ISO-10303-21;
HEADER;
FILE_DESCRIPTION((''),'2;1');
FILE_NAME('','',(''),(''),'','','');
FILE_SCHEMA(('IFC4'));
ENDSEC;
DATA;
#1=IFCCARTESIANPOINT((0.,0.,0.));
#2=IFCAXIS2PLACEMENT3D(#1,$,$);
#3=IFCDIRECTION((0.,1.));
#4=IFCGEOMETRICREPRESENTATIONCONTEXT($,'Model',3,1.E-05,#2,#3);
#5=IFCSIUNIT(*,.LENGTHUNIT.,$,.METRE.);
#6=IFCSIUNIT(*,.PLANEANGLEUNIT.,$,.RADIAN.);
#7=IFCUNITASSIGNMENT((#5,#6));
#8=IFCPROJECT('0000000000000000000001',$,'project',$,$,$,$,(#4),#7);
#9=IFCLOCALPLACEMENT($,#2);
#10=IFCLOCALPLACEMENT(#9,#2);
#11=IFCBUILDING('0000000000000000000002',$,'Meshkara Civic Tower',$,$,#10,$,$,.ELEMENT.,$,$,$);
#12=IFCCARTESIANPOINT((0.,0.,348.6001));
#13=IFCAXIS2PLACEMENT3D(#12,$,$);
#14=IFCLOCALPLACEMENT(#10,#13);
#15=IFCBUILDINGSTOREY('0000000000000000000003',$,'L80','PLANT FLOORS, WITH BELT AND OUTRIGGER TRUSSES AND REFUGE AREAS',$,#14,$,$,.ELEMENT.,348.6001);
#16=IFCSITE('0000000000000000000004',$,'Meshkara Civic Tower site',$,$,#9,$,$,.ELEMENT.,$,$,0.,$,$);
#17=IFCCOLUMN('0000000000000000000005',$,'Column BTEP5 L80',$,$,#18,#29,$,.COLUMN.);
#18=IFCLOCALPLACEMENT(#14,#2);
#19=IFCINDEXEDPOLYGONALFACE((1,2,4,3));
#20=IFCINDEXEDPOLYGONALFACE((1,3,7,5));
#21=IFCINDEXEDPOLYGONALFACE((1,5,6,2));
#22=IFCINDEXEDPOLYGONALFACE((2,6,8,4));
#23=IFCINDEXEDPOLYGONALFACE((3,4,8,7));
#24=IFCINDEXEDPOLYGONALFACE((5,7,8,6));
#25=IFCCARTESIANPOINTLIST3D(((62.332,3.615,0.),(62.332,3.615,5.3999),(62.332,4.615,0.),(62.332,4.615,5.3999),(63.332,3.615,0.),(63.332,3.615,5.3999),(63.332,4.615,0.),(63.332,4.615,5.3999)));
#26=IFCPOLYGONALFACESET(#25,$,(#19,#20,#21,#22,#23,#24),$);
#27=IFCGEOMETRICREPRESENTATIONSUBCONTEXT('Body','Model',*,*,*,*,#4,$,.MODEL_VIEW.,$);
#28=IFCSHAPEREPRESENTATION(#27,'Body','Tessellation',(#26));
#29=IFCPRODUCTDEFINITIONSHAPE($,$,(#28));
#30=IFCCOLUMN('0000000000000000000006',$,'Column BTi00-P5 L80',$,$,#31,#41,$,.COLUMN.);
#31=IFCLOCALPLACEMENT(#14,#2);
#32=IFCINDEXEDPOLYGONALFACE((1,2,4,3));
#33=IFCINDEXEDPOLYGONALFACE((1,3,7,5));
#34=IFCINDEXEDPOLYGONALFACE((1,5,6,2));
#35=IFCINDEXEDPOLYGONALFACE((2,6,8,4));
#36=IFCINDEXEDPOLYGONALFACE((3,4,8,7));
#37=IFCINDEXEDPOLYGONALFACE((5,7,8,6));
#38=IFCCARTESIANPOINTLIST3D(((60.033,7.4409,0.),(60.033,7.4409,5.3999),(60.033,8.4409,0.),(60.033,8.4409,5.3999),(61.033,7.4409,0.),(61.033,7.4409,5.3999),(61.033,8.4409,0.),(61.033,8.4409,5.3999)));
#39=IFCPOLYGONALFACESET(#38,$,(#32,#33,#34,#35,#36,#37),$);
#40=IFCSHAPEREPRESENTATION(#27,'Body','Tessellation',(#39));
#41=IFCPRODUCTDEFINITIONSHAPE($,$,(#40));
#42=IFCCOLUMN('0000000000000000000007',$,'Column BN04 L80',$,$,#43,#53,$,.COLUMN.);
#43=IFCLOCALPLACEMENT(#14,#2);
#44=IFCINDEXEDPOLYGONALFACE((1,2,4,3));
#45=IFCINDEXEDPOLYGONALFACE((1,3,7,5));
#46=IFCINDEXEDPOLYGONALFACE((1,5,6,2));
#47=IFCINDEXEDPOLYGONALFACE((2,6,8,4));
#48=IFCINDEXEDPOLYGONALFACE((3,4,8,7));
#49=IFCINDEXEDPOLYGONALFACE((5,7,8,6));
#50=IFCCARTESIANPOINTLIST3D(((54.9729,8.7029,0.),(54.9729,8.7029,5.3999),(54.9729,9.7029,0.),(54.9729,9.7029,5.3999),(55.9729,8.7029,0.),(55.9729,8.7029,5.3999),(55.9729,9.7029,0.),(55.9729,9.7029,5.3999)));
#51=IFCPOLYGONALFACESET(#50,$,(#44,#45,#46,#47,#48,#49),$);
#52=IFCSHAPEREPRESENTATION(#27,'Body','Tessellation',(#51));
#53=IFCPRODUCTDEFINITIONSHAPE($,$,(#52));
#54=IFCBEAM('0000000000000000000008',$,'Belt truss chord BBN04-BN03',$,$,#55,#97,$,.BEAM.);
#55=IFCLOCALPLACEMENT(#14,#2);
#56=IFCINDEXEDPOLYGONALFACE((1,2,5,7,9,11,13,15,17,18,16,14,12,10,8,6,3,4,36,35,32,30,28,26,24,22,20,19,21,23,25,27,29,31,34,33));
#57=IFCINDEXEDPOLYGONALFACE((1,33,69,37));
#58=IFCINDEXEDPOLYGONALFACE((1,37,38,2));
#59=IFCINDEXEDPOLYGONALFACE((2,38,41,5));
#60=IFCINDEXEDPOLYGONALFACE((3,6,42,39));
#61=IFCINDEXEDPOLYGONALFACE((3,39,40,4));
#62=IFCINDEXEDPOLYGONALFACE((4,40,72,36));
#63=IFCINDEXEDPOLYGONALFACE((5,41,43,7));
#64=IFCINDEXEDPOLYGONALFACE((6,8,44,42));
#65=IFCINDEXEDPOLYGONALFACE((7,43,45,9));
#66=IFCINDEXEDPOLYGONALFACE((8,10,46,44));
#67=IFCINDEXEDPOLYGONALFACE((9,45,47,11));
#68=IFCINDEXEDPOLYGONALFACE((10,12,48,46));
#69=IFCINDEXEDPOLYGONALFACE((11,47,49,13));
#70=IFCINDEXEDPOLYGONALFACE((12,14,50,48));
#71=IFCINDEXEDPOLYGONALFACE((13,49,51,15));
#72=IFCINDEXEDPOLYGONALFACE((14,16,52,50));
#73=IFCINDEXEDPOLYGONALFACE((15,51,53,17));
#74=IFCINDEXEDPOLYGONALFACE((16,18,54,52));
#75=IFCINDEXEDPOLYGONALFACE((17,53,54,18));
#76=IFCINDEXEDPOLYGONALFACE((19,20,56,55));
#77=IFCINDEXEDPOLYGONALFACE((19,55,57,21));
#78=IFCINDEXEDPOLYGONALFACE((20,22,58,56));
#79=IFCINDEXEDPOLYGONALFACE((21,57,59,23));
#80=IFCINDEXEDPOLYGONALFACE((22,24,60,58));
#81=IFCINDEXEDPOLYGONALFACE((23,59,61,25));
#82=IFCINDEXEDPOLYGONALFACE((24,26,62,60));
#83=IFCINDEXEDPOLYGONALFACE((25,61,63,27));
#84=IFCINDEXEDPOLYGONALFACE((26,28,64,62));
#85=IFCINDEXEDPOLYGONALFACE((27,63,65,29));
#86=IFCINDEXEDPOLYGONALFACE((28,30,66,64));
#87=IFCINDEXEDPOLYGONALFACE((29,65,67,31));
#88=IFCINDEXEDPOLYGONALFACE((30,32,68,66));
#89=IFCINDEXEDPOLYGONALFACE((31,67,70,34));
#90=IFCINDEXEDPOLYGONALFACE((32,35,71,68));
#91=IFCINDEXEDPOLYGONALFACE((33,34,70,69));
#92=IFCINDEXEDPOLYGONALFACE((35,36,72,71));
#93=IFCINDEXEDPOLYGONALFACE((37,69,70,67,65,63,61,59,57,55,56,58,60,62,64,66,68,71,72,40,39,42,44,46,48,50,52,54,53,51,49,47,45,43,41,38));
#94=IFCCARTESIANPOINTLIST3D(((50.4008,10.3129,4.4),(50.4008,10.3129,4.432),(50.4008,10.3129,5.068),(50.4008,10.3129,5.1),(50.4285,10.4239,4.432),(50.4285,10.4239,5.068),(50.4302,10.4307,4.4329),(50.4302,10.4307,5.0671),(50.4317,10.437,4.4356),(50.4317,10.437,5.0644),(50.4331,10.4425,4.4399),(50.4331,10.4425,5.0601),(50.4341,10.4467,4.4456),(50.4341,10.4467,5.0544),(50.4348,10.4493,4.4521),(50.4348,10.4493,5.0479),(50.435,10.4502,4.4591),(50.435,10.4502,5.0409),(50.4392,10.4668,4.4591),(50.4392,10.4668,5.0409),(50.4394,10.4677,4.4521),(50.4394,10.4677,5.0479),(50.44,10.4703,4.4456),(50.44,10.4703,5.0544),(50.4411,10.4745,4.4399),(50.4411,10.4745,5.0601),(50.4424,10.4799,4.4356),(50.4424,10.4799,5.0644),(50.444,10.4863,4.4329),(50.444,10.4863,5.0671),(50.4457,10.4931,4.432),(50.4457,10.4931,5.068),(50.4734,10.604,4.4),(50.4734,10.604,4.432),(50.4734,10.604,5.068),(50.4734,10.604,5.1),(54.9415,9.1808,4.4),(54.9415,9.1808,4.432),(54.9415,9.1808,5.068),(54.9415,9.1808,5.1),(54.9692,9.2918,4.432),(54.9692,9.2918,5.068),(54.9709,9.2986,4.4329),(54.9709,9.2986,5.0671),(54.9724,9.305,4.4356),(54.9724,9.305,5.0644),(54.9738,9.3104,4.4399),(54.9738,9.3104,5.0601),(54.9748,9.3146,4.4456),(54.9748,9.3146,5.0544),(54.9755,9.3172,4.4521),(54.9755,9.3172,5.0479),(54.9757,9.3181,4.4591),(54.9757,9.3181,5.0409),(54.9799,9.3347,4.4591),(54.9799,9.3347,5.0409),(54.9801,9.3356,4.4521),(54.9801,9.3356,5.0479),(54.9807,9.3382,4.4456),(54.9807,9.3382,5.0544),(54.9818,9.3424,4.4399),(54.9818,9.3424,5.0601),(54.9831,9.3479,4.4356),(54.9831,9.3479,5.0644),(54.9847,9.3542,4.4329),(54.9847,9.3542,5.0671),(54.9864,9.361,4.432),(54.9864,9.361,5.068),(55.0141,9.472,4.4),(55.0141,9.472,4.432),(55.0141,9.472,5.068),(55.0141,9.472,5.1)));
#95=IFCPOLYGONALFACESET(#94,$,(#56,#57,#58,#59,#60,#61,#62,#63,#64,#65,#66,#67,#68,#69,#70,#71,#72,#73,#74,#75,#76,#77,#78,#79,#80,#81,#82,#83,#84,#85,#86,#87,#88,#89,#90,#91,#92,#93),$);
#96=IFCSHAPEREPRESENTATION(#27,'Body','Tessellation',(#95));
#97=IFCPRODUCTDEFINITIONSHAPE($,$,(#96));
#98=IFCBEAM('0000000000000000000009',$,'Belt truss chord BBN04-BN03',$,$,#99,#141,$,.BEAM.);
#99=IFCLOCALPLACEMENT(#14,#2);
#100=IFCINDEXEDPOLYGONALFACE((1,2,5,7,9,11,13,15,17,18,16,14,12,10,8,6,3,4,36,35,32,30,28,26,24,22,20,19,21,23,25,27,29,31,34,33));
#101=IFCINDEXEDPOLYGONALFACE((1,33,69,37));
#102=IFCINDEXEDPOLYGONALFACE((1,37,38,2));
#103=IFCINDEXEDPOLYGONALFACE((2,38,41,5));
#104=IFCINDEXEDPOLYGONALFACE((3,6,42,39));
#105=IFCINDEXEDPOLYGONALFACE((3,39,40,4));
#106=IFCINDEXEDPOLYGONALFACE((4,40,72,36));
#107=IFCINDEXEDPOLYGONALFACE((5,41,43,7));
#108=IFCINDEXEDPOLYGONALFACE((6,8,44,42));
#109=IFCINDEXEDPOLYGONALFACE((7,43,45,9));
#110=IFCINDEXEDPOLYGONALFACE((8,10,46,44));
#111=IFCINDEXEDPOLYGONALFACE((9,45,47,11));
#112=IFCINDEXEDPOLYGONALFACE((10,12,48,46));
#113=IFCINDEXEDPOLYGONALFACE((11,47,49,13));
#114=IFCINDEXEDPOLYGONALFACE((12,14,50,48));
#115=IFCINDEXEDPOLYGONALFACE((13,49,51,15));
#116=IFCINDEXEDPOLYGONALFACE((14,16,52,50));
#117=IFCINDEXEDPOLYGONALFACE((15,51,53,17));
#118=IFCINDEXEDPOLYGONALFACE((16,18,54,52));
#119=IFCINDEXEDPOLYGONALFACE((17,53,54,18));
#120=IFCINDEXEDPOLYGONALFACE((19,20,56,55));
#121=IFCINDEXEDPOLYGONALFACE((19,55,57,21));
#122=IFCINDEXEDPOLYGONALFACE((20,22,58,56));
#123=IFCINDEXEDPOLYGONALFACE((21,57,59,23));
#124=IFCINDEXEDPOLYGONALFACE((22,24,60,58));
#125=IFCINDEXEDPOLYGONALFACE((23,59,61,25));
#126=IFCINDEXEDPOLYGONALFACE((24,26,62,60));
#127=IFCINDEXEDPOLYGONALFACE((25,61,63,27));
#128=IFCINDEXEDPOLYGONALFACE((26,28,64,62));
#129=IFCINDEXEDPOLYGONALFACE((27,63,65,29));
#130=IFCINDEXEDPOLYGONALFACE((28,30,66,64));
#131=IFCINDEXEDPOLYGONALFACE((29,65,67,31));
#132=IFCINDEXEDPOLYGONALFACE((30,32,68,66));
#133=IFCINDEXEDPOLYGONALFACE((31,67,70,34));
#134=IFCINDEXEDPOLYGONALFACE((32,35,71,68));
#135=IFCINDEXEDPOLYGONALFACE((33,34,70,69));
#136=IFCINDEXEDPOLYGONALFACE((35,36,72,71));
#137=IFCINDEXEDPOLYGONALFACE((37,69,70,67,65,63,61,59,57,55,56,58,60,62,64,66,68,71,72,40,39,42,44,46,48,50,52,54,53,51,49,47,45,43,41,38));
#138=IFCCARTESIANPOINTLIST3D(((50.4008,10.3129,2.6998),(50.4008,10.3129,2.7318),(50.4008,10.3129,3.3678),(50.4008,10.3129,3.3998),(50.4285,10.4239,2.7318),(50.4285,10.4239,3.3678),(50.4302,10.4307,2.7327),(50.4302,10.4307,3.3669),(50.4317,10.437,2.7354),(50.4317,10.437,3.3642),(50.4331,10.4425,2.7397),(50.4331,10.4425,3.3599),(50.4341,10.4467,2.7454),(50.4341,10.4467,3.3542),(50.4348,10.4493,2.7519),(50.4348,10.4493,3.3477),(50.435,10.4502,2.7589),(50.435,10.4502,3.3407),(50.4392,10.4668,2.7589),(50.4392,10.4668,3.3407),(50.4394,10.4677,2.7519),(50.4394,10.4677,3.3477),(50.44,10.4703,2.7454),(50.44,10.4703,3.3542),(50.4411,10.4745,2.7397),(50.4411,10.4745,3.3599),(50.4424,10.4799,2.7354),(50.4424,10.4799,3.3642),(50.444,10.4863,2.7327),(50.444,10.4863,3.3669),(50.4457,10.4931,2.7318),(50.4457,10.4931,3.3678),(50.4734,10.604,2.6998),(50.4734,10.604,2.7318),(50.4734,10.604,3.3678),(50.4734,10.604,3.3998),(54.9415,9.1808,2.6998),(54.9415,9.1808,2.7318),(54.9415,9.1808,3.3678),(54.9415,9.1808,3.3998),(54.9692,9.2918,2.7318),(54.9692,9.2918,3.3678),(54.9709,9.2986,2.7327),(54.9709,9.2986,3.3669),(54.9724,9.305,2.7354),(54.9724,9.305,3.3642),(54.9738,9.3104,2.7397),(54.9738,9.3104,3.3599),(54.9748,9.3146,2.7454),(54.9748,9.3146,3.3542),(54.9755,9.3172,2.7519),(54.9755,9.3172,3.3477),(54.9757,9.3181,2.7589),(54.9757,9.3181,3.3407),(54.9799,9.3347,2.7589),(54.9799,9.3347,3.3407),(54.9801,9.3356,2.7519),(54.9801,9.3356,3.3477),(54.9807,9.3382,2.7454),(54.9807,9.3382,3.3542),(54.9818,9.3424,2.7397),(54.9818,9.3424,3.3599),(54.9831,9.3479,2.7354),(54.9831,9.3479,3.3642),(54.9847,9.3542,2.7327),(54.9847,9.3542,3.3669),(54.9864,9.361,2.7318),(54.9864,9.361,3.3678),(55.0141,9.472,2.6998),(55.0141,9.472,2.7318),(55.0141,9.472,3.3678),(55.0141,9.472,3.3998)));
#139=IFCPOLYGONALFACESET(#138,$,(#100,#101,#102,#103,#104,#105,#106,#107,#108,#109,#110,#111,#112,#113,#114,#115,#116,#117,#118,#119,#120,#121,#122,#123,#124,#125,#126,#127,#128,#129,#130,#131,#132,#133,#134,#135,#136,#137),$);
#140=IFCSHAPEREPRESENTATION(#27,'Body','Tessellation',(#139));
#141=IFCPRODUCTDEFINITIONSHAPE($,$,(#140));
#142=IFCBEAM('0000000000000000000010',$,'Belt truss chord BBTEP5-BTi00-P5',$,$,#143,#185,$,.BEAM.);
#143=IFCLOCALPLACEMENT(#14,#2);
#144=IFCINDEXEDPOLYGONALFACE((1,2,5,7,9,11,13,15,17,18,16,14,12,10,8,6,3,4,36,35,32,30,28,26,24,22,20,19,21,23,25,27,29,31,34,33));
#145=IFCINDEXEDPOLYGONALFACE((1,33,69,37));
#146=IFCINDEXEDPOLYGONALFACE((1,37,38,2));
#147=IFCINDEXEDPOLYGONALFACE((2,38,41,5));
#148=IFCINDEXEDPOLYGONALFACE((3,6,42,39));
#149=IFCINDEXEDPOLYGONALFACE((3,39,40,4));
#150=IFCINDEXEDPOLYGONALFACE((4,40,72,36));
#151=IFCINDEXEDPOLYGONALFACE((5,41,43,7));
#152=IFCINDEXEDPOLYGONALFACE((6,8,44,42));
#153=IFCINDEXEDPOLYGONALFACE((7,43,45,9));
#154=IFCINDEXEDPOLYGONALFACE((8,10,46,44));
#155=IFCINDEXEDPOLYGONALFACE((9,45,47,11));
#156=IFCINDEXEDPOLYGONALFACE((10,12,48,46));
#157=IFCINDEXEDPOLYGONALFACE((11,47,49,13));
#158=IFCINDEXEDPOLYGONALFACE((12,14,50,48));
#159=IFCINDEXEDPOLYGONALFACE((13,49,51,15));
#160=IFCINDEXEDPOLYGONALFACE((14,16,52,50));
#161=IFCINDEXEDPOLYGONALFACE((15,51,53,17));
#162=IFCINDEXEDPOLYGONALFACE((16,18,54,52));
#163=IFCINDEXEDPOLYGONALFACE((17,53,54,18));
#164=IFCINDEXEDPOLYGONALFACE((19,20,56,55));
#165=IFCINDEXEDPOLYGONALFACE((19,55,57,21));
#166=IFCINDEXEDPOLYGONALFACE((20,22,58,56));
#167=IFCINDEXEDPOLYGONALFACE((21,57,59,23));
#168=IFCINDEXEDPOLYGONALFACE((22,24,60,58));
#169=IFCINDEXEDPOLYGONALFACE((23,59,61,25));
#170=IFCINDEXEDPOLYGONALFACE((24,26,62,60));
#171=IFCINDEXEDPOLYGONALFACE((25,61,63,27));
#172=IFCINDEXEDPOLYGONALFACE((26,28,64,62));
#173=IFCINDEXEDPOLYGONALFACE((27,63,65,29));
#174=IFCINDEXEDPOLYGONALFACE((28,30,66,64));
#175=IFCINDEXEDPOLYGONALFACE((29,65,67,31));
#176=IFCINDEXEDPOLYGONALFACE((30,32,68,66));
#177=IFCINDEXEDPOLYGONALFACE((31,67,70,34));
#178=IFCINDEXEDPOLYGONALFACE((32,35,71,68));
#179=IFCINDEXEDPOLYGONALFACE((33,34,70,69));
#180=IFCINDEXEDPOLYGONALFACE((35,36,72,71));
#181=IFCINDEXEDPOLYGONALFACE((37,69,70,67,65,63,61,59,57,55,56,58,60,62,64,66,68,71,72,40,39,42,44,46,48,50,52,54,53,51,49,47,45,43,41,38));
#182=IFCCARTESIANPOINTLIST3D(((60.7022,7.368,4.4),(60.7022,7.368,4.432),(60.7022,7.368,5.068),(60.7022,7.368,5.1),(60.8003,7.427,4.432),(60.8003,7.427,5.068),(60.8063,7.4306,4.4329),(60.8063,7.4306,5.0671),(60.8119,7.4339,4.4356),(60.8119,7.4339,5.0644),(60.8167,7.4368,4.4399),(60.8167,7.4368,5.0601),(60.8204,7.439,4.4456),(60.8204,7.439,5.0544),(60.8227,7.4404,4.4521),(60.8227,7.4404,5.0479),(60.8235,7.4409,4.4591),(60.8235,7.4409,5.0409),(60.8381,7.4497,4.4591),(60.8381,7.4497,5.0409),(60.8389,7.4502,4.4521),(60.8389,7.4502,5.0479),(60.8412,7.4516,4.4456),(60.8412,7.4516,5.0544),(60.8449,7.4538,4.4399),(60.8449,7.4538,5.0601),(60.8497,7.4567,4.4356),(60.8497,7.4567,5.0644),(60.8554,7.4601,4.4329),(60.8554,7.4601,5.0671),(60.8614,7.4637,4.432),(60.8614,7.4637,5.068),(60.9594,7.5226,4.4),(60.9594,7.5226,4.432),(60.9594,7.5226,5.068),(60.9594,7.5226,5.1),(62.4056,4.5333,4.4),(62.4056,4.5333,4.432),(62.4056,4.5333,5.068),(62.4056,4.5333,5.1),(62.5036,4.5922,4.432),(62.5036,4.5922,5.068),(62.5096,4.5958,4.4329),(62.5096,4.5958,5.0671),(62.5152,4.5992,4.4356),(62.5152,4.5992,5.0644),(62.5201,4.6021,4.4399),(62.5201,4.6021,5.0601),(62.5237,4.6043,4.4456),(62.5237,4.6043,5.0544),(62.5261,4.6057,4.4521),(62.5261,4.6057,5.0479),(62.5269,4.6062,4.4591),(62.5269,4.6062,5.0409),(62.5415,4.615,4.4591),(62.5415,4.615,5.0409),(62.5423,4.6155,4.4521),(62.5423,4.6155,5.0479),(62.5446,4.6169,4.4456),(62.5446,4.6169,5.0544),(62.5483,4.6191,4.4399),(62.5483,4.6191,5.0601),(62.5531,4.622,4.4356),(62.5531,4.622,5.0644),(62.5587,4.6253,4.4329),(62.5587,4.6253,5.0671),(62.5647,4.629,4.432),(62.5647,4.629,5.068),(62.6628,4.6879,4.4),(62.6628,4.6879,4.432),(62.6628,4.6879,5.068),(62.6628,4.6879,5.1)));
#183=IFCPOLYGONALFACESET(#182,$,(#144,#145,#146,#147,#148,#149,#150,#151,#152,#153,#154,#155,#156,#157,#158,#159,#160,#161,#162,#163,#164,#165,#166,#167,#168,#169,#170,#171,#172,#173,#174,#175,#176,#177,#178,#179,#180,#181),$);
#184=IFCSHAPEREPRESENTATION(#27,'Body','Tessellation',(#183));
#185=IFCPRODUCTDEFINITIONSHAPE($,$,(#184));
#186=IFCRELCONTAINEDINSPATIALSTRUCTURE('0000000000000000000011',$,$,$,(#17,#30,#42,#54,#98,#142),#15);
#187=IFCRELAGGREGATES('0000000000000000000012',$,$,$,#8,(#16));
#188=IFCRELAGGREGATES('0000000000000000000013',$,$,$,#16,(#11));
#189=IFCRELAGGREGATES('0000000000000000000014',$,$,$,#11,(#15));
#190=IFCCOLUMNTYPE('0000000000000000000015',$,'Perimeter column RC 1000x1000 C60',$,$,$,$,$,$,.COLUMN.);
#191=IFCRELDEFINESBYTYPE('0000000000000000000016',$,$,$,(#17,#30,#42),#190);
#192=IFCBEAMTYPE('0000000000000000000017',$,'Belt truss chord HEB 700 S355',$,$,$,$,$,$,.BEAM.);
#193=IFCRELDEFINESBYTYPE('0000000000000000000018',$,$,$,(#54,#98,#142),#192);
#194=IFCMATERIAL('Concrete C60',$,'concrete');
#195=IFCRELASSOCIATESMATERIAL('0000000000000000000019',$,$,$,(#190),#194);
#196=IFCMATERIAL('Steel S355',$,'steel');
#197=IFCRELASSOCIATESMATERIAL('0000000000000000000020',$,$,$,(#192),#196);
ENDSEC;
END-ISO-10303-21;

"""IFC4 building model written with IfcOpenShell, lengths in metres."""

from ifc_helpers import new_model, si_unit, direction, frame, origin, origin_2d, place, context, subcontext, project, spatial, rectangle, i_section, extrude, material, material_profile, profile_set, type_object, element, save


model = new_model("IFC4")

# Units and contexts
model_context = context("Model", 3, precision=1e-05, world=origin(), true_north=direction((0.0, 1.0)))
body_context = subcontext(model_context, "Body", "Model", "MODEL_VIEW")
ifc_project = project(units=[si_unit("LENGTHUNIT", "METRE"), si_unit("PLANEANGLEUNIT", "RADIAN")], contexts=[model_context])

# Site, building, storey
site_placement = place(None, origin())
site = spatial("IfcSite", under=ifc_project, at=site_placement, Name="Meshkara Civic Tower site", CompositionType="ELEMENT", RefElevation=0.0)
building_placement = place(site_placement, origin())
building = spatial("IfcBuilding", under=site, at=building_placement, Name="Meshkara Civic Tower", CompositionType="ELEMENT")
storey_placement = place(building_placement, frame((0.0, 0.0, 348.6001)))
storey = spatial("IfcBuildingStorey", under=building, at=storey_placement, Name="L80", Description="PLANT FLOORS, WITH BELT AND OUTRIGGER TRUSSES AND REFUGE AREAS", CompositionType="ELEMENT", Elevation=348.6001)

# Columns
ifc_material_1 = material(Name="Concrete C60", Category="concrete")
ifc_material_profile_1 = material_profile(ifc_material_1, rectangle(XDim=1.0, YDim=1.0, at=origin_2d()))
ifc_profile_set_1 = profile_set([ifc_material_profile_1], Name="Concrete C60")
column_type = type_object("IfcColumnType", Name="Perimeter column RC 1000x1000 C60", PredefinedType="COLUMN", material=ifc_profile_set_1)
for number, where, z_axis, x_axis, name in (
    (1, (62.832, 4.115, 0.0), (0.0, 0.0, 1.0), (1.0, 0.0, 0.0), "Column BTEP5 L80"),
    (2, (60.533, 7.9409, 0.0), (0.0, 0.0, 1.0), (1.0, 0.0, 0.0), "Column BTi00-P5 L80"),
    (3, (55.4729, 9.2029, 0.0), (0.0, 0.0, 1.0), (1.0, 0.0, 0.0), "Column BN04 L80"),
):
    element("IfcColumn", number, at=place(storey_placement, frame(where, z_axis=z_axis, x_axis=x_axis)), inside=storey, type_object=column_type, Name=name, PredefinedType="COLUMN", context=body_context, shape_type="SweptSolid", body=[
        extrude(rectangle(XDim=1.0, YDim=1.0, at=origin_2d()), origin(), (0.0, 0.0, 1.0), 5.3999),
    ])

# Beams
ifc_material_2 = material(Name="Steel S355", Category="steel")
ifc_material_profile_2 = material_profile(ifc_material_2, i_section(OverallWidth=0.3, OverallDepth=0.7, WebThickness=0.0171, FlangeThickness=0.032, FilletRadius=0.0271, at=origin_2d()))
ifc_profile_set_2 = profile_set([ifc_material_profile_2], Name="Steel S355")
beam_type = type_object("IfcBeamType", Name="Belt truss chord HEB 700 S355", PredefinedType="BEAM", material=ifc_profile_set_2)
for number, where, z_axis, x_axis, name in (
    (4, (54.9778, 9.3264, 4.75), (-0.970299, 0.24191, 0.0), (-0.24191, -0.970299, 0.0), "Belt truss chord BBN04-BN03"),
    (5, (54.9778, 9.3264, 3.0498), (-0.970299, 0.24191, 0.0), (-0.24191, -0.970299, 0.0), "Belt truss chord BBN04-BN03"),
):
    element("IfcBeam", number, at=place(storey_placement, frame(where, z_axis=z_axis, x_axis=x_axis)), inside=storey, type_object=beam_type, Name=name, PredefinedType="BEAM", context=body_context, shape_type="SweptSolid", body=[
        extrude(i_section(OverallWidth=0.3, OverallDepth=0.7, WebThickness=0.0171, FlangeThickness=0.032, FilletRadius=0.0271, at=origin_2d()), origin(), (0.0, 0.0, 1.0), 4.6797),
    ])
for number, where, z_axis, x_axis, name in (
    (6, (62.5342, 4.6106, 4.75), (-0.51506, 0.857154, 0.0), (-0.857154, -0.51506, 0.0), "Belt truss chord BBTEP5-BTi00-P5"),
):
    element("IfcBeam", number, at=place(storey_placement, frame(where, z_axis=z_axis, x_axis=x_axis)), inside=storey, type_object=beam_type, Name=name, PredefinedType="BEAM", context=body_context, shape_type="SweptSolid", body=[
        extrude(i_section(OverallWidth=0.3, OverallDepth=0.7, WebThickness=0.0171, FlangeThickness=0.032, FilletRadius=0.0271, at=origin_2d()), origin(), (0.0, 0.0, 1.0), 3.3071),
    ])

save(model, "model.ifc")
